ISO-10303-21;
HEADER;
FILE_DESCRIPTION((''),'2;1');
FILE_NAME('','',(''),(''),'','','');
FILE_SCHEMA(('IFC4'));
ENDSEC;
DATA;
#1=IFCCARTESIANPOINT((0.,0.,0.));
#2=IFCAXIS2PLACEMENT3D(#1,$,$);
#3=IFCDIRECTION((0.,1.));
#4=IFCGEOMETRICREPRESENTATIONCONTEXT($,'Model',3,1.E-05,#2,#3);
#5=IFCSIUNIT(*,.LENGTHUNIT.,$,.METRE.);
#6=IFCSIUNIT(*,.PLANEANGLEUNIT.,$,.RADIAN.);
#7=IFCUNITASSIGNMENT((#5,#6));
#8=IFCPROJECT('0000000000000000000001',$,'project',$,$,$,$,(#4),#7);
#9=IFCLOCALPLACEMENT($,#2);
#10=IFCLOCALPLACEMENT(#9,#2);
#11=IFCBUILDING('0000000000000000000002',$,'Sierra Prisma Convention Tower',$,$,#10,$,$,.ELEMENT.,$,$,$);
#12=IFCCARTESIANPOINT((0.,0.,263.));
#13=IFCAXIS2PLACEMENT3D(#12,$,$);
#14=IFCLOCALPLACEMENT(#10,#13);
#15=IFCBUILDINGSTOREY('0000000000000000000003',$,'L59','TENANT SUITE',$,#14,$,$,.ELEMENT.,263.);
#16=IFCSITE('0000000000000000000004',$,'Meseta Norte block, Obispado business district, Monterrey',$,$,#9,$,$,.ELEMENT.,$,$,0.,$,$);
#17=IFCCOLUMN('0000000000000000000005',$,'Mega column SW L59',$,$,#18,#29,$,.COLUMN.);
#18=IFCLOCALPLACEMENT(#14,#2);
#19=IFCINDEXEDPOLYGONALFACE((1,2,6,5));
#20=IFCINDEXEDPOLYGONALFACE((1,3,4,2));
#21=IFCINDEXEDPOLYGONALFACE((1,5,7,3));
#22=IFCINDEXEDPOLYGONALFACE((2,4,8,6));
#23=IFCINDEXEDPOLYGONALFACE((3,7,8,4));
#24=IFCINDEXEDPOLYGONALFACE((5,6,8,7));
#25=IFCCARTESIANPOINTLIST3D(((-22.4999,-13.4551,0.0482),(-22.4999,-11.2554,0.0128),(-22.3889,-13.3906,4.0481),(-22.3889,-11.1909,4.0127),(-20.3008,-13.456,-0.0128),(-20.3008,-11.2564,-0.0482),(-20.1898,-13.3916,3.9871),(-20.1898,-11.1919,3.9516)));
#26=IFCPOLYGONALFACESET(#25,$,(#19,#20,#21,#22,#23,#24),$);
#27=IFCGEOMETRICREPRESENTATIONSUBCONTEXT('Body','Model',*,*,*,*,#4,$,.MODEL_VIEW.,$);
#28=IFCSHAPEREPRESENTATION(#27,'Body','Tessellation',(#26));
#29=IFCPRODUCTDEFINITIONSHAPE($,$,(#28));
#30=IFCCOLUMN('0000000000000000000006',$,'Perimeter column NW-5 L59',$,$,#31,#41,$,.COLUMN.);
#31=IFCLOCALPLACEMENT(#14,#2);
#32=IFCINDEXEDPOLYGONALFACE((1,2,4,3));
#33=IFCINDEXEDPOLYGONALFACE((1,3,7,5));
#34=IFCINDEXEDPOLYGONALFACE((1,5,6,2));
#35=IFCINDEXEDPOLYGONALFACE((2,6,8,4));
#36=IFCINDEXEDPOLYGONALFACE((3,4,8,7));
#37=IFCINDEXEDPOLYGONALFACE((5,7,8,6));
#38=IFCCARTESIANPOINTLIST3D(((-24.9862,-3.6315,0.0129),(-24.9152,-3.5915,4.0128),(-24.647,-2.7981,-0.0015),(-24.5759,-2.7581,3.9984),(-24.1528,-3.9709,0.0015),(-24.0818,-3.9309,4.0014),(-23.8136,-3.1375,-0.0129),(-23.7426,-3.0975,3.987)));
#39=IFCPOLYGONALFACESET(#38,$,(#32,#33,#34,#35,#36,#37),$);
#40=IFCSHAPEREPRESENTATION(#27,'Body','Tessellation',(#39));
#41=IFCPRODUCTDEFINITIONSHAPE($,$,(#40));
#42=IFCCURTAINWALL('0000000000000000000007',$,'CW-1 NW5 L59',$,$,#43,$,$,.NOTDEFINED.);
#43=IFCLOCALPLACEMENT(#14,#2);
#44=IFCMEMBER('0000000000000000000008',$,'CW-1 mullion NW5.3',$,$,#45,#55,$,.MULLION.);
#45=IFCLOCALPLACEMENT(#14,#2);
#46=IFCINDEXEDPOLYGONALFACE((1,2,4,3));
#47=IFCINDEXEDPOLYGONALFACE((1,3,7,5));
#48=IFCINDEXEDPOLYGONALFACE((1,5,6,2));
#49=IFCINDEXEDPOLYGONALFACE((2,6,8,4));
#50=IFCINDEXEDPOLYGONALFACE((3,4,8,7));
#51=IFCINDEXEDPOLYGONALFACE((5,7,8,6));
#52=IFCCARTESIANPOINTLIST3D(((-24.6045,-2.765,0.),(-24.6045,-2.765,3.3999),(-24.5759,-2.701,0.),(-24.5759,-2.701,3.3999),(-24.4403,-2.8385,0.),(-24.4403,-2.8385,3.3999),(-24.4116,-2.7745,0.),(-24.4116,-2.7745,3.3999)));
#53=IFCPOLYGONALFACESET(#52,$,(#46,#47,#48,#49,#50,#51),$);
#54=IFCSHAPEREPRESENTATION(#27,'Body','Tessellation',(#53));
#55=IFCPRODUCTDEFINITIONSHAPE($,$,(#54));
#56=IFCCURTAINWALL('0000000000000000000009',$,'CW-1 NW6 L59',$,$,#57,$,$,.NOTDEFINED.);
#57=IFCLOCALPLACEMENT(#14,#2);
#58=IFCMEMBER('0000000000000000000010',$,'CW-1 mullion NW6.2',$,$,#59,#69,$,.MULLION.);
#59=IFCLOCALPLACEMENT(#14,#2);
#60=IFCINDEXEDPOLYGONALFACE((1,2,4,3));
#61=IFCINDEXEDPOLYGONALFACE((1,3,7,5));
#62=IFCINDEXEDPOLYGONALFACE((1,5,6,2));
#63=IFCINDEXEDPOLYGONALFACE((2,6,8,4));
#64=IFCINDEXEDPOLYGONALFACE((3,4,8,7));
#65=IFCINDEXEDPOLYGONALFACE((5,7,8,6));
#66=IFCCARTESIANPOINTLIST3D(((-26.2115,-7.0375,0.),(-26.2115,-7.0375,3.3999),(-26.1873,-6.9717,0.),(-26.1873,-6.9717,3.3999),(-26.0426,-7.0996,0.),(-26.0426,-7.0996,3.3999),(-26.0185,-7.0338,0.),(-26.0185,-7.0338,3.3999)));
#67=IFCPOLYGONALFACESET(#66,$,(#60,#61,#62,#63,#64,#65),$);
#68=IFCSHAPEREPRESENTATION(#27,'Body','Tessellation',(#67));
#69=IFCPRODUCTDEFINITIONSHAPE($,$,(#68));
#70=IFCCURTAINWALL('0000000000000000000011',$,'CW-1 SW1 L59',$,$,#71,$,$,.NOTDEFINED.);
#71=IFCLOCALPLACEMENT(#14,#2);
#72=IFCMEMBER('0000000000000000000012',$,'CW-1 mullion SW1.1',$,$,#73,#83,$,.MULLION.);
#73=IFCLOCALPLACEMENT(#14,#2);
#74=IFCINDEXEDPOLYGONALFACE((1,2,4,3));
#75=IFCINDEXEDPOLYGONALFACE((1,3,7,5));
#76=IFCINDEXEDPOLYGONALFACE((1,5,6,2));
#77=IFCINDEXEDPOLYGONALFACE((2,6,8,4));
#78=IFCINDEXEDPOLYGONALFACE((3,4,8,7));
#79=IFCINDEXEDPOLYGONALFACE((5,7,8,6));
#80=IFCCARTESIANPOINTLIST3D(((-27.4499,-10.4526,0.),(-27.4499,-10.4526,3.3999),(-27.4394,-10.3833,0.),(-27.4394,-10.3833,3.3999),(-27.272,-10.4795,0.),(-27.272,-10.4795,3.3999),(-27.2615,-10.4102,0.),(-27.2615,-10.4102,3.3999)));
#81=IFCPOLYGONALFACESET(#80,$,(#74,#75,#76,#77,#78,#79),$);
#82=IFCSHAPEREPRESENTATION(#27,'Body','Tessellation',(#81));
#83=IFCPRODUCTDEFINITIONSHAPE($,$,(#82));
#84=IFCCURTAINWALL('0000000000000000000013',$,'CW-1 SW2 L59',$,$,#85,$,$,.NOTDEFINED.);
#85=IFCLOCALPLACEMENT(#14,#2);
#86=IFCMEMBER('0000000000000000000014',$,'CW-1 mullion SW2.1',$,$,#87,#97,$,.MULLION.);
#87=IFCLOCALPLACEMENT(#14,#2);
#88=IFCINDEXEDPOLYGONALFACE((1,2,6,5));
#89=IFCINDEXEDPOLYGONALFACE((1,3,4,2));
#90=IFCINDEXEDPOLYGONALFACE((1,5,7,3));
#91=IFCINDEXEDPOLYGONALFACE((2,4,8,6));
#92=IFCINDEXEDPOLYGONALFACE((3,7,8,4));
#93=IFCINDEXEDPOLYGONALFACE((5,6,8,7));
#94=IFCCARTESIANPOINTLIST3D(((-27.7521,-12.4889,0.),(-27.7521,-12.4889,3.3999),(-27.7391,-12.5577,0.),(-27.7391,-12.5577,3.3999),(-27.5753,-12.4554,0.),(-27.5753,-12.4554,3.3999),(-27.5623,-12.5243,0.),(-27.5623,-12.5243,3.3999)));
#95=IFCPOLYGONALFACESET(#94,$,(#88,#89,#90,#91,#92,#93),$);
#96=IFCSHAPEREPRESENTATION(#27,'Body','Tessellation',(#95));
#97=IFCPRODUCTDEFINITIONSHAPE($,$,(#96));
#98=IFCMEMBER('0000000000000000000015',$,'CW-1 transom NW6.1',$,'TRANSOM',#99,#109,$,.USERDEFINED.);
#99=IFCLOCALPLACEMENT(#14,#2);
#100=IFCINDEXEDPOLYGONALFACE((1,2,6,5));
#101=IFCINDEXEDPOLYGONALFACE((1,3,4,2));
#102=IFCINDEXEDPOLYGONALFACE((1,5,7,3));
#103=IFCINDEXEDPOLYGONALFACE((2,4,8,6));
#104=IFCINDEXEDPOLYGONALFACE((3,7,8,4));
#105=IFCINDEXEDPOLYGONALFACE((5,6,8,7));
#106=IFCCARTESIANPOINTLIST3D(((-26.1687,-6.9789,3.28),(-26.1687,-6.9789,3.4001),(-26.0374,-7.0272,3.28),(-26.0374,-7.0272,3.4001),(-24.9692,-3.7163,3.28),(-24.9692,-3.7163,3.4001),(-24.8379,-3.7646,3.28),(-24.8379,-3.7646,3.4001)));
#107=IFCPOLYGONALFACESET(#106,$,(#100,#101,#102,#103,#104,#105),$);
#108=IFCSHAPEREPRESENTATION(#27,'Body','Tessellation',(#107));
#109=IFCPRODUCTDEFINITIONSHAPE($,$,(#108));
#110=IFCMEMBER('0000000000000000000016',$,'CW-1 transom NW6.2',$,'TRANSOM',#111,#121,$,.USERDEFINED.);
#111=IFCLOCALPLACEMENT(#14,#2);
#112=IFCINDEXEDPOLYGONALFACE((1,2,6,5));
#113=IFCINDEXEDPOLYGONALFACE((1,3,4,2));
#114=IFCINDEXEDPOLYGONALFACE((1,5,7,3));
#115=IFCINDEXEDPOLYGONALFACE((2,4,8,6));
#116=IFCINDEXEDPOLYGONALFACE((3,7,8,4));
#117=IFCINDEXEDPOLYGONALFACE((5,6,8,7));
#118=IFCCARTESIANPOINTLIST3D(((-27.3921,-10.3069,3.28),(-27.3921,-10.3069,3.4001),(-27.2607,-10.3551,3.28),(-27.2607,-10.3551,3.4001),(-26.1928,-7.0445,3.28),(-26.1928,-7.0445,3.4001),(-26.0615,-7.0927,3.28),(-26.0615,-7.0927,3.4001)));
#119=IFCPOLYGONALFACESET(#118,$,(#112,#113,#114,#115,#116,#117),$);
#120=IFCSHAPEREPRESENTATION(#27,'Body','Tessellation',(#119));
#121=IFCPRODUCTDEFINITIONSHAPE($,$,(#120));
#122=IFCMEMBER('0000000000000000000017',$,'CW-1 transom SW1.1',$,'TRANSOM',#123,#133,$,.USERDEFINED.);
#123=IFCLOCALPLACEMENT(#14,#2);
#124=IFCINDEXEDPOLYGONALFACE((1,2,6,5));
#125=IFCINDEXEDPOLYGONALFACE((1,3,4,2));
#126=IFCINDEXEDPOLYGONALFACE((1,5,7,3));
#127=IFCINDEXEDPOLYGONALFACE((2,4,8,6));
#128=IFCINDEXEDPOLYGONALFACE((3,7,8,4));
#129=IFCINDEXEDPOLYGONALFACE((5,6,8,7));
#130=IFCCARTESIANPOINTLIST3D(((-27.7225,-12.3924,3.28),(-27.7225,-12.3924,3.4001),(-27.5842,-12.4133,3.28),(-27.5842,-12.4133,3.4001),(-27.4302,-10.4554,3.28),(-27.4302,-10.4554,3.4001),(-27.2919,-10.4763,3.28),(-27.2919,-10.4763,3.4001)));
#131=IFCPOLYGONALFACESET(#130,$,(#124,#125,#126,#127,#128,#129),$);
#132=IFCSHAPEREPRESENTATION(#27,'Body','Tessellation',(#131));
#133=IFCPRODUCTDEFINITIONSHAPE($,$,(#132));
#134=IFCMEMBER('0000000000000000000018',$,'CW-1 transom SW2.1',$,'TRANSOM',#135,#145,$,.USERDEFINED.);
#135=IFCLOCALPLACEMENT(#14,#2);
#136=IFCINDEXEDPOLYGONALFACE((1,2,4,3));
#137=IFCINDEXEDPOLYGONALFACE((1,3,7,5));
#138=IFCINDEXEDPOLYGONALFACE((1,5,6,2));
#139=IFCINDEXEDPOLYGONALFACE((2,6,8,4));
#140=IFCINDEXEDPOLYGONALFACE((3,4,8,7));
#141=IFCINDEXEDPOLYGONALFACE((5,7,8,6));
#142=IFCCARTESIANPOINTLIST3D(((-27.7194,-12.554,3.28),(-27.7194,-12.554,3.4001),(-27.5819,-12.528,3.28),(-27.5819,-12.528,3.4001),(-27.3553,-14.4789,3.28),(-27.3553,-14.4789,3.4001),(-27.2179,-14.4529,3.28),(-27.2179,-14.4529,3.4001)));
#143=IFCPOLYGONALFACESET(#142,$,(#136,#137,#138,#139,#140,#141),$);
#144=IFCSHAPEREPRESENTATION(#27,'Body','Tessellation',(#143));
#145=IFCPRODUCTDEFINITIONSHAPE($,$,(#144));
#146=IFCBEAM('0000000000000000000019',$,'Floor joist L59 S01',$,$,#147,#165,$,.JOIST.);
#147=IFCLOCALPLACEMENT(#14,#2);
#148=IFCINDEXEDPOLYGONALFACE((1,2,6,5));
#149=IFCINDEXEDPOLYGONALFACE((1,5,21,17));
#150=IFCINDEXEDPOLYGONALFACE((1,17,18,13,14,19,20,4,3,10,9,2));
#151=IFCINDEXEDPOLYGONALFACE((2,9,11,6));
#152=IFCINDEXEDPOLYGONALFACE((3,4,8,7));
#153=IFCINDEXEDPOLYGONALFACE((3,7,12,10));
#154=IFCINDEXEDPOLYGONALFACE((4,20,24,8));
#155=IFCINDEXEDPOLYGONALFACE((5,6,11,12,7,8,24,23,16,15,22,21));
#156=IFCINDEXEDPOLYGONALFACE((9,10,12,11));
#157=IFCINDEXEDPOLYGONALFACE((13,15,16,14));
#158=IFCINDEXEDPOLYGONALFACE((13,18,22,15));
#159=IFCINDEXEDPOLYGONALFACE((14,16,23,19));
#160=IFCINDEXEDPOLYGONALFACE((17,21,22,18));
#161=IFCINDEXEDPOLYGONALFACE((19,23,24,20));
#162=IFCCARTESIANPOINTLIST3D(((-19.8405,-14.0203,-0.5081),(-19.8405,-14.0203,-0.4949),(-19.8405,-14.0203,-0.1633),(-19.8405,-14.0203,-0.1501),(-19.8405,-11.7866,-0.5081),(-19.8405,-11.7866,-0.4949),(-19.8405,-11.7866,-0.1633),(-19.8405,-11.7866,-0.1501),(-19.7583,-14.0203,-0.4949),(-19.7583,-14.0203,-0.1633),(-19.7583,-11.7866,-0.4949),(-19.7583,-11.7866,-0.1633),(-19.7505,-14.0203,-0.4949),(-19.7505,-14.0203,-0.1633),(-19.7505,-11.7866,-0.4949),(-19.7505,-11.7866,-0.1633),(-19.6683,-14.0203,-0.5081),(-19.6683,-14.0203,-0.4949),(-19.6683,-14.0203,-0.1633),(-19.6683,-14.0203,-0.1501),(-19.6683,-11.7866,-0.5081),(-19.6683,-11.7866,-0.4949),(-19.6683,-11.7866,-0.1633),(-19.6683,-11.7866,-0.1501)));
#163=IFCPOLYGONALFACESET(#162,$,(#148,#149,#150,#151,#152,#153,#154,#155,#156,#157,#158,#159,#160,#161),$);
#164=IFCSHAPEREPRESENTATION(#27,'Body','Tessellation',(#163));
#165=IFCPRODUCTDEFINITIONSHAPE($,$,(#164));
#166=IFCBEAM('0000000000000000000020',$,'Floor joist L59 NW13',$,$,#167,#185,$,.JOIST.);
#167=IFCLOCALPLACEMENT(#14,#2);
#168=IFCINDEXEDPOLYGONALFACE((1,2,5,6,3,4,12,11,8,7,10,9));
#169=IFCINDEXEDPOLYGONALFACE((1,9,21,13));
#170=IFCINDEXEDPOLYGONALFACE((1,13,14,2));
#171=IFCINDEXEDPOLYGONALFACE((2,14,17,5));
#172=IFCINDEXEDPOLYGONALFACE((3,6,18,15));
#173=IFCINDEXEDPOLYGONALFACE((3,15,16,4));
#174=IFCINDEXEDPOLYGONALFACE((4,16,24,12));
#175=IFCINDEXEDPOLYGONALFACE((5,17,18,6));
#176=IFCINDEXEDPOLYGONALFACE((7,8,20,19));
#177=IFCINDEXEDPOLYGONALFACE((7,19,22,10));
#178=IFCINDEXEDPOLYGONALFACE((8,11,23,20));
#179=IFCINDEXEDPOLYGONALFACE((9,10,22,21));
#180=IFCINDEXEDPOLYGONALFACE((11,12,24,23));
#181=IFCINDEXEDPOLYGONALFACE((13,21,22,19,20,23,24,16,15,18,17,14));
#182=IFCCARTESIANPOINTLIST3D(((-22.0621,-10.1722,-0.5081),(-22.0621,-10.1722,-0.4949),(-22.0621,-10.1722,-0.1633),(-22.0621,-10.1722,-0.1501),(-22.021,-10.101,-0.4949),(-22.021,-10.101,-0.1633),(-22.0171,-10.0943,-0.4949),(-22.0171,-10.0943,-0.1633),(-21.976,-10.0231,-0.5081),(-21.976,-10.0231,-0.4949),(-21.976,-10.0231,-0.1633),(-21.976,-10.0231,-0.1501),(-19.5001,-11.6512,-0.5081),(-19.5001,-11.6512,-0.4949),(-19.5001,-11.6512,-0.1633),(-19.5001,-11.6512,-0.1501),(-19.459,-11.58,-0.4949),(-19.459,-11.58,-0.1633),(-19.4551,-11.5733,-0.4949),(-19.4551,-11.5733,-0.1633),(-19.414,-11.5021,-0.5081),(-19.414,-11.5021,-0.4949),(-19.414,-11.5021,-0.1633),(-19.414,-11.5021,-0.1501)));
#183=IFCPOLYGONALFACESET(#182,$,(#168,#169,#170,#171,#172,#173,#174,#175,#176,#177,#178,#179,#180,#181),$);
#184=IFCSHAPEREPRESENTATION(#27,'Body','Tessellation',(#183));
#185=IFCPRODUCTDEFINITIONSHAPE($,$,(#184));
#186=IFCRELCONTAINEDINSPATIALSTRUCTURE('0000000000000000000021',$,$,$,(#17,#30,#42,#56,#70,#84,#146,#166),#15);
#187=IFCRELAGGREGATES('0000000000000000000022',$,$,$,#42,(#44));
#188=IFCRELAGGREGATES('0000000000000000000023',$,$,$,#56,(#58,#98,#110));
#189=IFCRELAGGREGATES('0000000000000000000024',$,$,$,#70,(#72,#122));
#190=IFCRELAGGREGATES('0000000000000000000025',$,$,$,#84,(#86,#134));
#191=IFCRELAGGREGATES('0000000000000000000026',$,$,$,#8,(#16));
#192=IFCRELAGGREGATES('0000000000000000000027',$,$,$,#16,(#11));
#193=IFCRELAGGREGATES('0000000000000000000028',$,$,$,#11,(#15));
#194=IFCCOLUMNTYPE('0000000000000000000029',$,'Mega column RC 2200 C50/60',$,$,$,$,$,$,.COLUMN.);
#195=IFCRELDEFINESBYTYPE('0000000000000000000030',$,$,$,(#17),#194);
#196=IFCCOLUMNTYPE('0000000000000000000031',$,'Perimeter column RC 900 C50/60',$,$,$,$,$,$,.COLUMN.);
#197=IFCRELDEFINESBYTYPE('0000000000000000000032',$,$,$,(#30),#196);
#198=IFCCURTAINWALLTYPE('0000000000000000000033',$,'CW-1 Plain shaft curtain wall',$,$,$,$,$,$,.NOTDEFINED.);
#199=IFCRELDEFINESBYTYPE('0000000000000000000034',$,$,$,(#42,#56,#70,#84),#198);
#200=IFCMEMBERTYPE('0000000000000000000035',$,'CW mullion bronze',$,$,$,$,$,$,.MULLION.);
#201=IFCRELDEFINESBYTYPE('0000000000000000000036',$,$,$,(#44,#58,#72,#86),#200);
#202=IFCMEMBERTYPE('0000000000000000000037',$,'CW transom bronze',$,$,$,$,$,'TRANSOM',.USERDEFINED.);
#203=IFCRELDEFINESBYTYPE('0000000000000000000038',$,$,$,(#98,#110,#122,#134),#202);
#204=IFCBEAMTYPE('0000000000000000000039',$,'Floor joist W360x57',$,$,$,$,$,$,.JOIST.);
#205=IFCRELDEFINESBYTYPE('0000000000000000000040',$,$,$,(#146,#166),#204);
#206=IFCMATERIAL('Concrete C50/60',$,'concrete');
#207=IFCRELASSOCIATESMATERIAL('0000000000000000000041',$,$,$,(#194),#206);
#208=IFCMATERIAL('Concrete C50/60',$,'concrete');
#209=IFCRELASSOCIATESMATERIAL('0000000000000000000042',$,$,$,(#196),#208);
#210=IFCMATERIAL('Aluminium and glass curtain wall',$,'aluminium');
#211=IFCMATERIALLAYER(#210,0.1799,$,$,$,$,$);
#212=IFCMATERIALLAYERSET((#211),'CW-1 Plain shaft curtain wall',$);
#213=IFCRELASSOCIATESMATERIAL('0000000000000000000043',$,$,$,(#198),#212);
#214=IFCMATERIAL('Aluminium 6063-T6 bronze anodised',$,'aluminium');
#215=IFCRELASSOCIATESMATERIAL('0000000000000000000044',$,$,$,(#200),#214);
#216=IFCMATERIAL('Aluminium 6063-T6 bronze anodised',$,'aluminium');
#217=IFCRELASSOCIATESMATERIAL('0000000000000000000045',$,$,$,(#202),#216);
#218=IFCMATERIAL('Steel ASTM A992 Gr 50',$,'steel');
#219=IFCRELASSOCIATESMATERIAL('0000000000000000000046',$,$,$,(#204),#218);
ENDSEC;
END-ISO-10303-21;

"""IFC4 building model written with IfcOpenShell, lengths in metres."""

from ifc_helpers import new_model, si_unit, direction, frame, origin, origin_2d, place, context, subcontext, project, spatial, rectangle, i_section, extrude, material, layer, layer_set, material_profile, profile_set, type_object, element, aggregate, save


model = new_model("IFC4")

# Units and contexts
model_context = context("Model", 3, precision=1e-05, world=origin(), true_north=direction((0.0, 1.0)))
body_context = subcontext(model_context, "Body", "Model", "MODEL_VIEW")
ifc_project = project(units=[si_unit("LENGTHUNIT", "METRE"), si_unit("PLANEANGLEUNIT", "RADIAN")], contexts=[model_context])

# Site, building, storey
site_placement = place(None, origin())
site = spatial("IfcSite", under=ifc_project, at=site_placement, Name="Meseta Norte block, Obispado business district, Monterrey", CompositionType="ELEMENT", RefElevation=0.0)
building_placement = place(site_placement, origin())
building = spatial("IfcBuilding", under=site, at=building_placement, Name="Sierra Prisma Convention Tower", CompositionType="ELEMENT")
storey_placement = place(building_placement, frame((0.0, 0.0, 263.0)))
storey = spatial("IfcBuildingStorey", under=building, at=storey_placement, Name="L59", Description="TENANT SUITE", CompositionType="ELEMENT", Elevation=263.0)

# Columns
ifc_material_1 = material(Name="Concrete C50/60", Category="concrete")
ifc_material_profile_1 = material_profile(ifc_material_1, rectangle(XDim=2.2, YDim=2.2, at=origin_2d()), Name="Mega column RC 2200 C50/60")
ifc_profile_set_1 = profile_set([ifc_material_profile_1], Name="Concrete C50/60")
column_type_1 = type_object("IfcColumnType", Name="Mega column RC 2200 C50/60", PredefinedType="COLUMN", material=ifc_profile_set_1)
column_1_placement = place(storey_placement, frame((-21.4004, -12.3557, 0.0), z_axis=(0.027757, 0.016105, 0.999485), x_axis=(0.999615, -0.000447, -0.027753)))
element("IfcColumn", 1, at=column_1_placement, inside=storey, type_object=column_type_1, Name="Mega column SW L59", PredefinedType="COLUMN", context=body_context, shape_type="SweptSolid", body=[
    extrude(rectangle(XDim=2.2, YDim=2.2, at=origin_2d()), origin(), (0.0, 0.0, 1.0), 4.002),
])
ifc_material_2 = material(Name="Concrete C50/60", Category="concrete")
ifc_material_profile_2 = material_profile(ifc_material_2, rectangle(XDim=0.8999, YDim=0.8999, at=origin_2d()), Name="Perimeter column RC 900 C50/60")
ifc_profile_set_2 = profile_set([ifc_material_profile_2], Name="Concrete C50/60")
column_type_2 = type_object("IfcColumnType", Name="Perimeter column RC 900 C50/60", PredefinedType="COLUMN", material=ifc_profile_set_2)
column_2_placement = place(storey_placement, frame((-24.3999, -3.3845, 0.0), z_axis=(0.017758, 0.010008, 0.999792), x_axis=(0.376946, 0.926098, -0.015965)))
element("IfcColumn", 2, at=column_2_placement, inside=storey, type_object=column_type_2, Name="Perimeter column NW-5 L59", PredefinedType="COLUMN", context=body_context, shape_type="SweptSolid", body=[
    extrude(rectangle(XDim=0.8999, YDim=0.8999, at=origin_2d()), origin(), (0.0, 0.0, 1.0), 4.0007),
])

# Curtain walls, members
ifc_material_3 = material(Name="Aluminium and glass curtain wall", Category="aluminium")
ifc_layer_1 = layer(ifc_material_3, 0.1799)
ifc_layer_set_1 = layer_set([ifc_layer_1], Name="CW-1 Plain shaft curtain wall")
curtain_wall_type = type_object("IfcCurtainWallType", Name="CW-1 Plain shaft curtain wall", PredefinedType="NOTDEFINED", material=ifc_layer_set_1)
curtain_wall_1_placement = place(storey_placement, origin())
curtain_wall_1 = element("IfcCurtainWall", 3, at=curtain_wall_1_placement, inside=storey, type_object=curtain_wall_type, Name="CW-1 NW5 L59", PredefinedType="NOTDEFINED")
ifc_material_4 = material(Name="Aluminium 6063-T6 bronze anodised", Category="aluminium")
ifc_material_profile_3 = material_profile(ifc_material_4, rectangle(XDim=0.1799, YDim=0.0701, at=origin_2d()), Name="ALU MULLION 70x180")
ifc_profile_set_3 = profile_set([ifc_material_profile_3], Name="Aluminium 6063-T6 bronze anodised")
member_type_1 = type_object("IfcMemberType", Name="CW mullion bronze", PredefinedType="MULLION", material=ifc_profile_set_3)
member_1_placement = place(storey_placement, frame((-24.5081, -2.7698, 0.0), z_axis=(0.0, 0.0, 1.0), x_axis=(0.912754, -0.408509, 0.0)))
member_1 = element("IfcMember", 4, at=member_1_placement, type_object=member_type_1, Name="CW-1 mullion NW5.3", PredefinedType="MULLION", context=body_context, shape_type="SweptSolid", body=[
    extrude(rectangle(XDim=0.1799, YDim=0.0701, at=origin_2d()), origin(), (0.0, 0.0, 1.0), 3.3999),
])
aggregate(curtain_wall_1, [member_1])
curtain_wall_2_placement = place(storey_placement, origin())
curtain_wall_2 = element("IfcCurtainWall", 5, at=curtain_wall_2_placement, inside=storey, type_object=curtain_wall_type, Name="CW-1 NW6 L59", PredefinedType="NOTDEFINED")
member_2_placement = place(storey_placement, frame((-26.115, -7.0356, 0.0), z_axis=(0.0, 0.0, 1.0), x_axis=(0.938581, -0.345059, 0.0)))
member_2 = element("IfcMember", 6, at=member_2_placement, type_object=member_type_1, Name="CW-1 mullion NW6.2", PredefinedType="MULLION", context=body_context, shape_type="SweptSolid", body=[
    extrude(rectangle(XDim=0.1799, YDim=0.0701, at=origin_2d()), origin(), (0.0, 0.0, 1.0), 3.3999),
])
curtain_wall_3_placement = place(storey_placement, origin())
curtain_wall_3 = element("IfcCurtainWall", 7, at=curtain_wall_3_placement, inside=storey, type_object=curtain_wall_type, Name="CW-1 SW1 L59", PredefinedType="NOTDEFINED")
member_3_placement = place(storey_placement, frame((-27.3557, -10.4314, 0.0), z_axis=(0.0, 0.0, 1.0), x_axis=(0.988814, -0.149155, 0.0)))
member_3 = element("IfcMember", 8, at=member_3_placement, type_object=member_type_1, Name="CW-1 mullion SW1.1", PredefinedType="MULLION", context=body_context, shape_type="SweptSolid", body=[
    extrude(rectangle(XDim=0.1799, YDim=0.0701, at=origin_2d()), origin(), (0.0, 0.0, 1.0), 3.3999),
])
curtain_wall_4_placement = place(storey_placement, origin())
curtain_wall_4 = element("IfcCurtainWall", 9, at=curtain_wall_4_placement, inside=storey, type_object=curtain_wall_type, Name="CW-1 SW2 L59", PredefinedType="NOTDEFINED")
member_4_placement = place(storey_placement, frame((-27.6572, -12.5066, 0.0), z_axis=(0.0, 0.0, 1.0), x_axis=(0.982577, 0.185856, 0.0)))
member_4 = element("IfcMember", 10, at=member_4_placement, type_object=member_type_1, Name="CW-1 mullion SW2.1", PredefinedType="MULLION", context=body_context, shape_type="SweptSolid", body=[
    extrude(rectangle(XDim=0.1799, YDim=0.0701, at=origin_2d()), origin(), (0.0, 0.0, 1.0), 3.3999),
])

# Members
ifc_material_5 = material(Name="Aluminium 6063-T6 bronze anodised", Category="aluminium")
ifc_material_profile_4 = material_profile(ifc_material_5, rectangle(XDim=0.1399, YDim=0.1201, at=origin_2d()), Name="ALU TRANSOM 120x140")
ifc_profile_set_4 = profile_set([ifc_material_profile_4], Name="Aluminium 6063-T6 bronze anodised")
member_type_2 = type_object("IfcMemberType", Name="CW transom bronze", ElementType="TRANSOM", PredefinedType="USERDEFINED", material=ifc_profile_set_4)
member_5_placement = place(storey_placement, frame((-24.9036, -3.7405, 3.3401), z_axis=(-0.345074, -0.938576, 0.0), x_axis=(0.938576, -0.345074, 0.0)))
member_5 = element("IfcMember", 11, at=member_5_placement, type_object=member_type_2, Name="CW-1 transom NW6.1", ObjectType="TRANSOM", PredefinedType="USERDEFINED", context=body_context, shape_type="SweptSolid", body=[
    extrude(rectangle(XDim=0.1399, YDim=0.1201, at=origin_2d()), origin(), (0.0, 0.0, 1.0), 3.4761),
])
member_6_placement = place(storey_placement, frame((-26.1272, -7.0686, 3.3401), z_axis=(-0.345012, -0.938598, 0.0), x_axis=(0.938598, -0.345012, 0.0)))
member_6 = element("IfcMember", 12, at=member_6_placement, type_object=member_type_2, Name="CW-1 transom NW6.2", ObjectType="TRANSOM", PredefinedType="USERDEFINED", context=body_context, shape_type="SweptSolid", body=[
    extrude(rectangle(XDim=0.1399, YDim=0.1201, at=origin_2d()), origin(), (0.0, 0.0, 1.0), 3.4758),
])
member_7_placement = place(storey_placement, frame((-27.3611, -10.4658, 3.3401), z_axis=(-0.149181, -0.98881, 0.0), x_axis=(0.98881, -0.149181, 0.0)))
member_7 = element("IfcMember", 13, at=member_7_placement, type_object=member_type_2, Name="CW-1 transom SW1.1", ObjectType="TRANSOM", PredefinedType="USERDEFINED", context=body_context, shape_type="SweptSolid", body=[
    extrude(rectangle(XDim=0.1399, YDim=0.1201, at=origin_2d()), origin(), (0.0, 0.0, 1.0), 1.959),
])
member_8_placement = place(storey_placement, frame((-27.6506, -12.541, 3.3401), z_axis=(0.185823, -0.982583, 0.0), x_axis=(0.982583, 0.185823, 0.0)))
member_8 = element("IfcMember", 14, at=member_8_placement, type_object=member_type_2, Name="CW-1 transom SW2.1", ObjectType="TRANSOM", PredefinedType="USERDEFINED", context=body_context, shape_type="SweptSolid", body=[
    extrude(rectangle(XDim=0.1399, YDim=0.1201, at=origin_2d()), origin(), (0.0, 0.0, 1.0), 1.959),
])

# Beams
ifc_material_6 = material(Name="Steel ASTM A992 Gr 50", Category="steel")
ifc_material_profile_5 = material_profile(ifc_material_6, i_section(OverallWidth=0.1721, OverallDepth=0.3579, WebThickness=0.0078, FlangeThickness=0.0132, at=origin_2d()), Name="W360x57")
ifc_profile_set_5 = profile_set([ifc_material_profile_5], Name="Steel ASTM A992 Gr 50")
beam_type_1 = type_object("IfcBeamType", Name="Floor joist W360x57", PredefinedType="JOIST", material=ifc_profile_set_5)
beam_1_placement = place(storey_placement, frame((-19.7544, -14.0203, -0.3291), z_axis=(0.0, 1.0, 0.0), x_axis=(-1.0, 0.0, 0.0)))
element("IfcBeam", 15, at=beam_1_placement, inside=storey, type_object=beam_type_1, Name="Floor joist L59 S01", PredefinedType="JOIST", context=body_context, shape_type="SweptSolid", body=[
    extrude(i_section(OverallWidth=0.1721, OverallDepth=0.3579, WebThickness=0.0078, FlangeThickness=0.0132, at=origin_2d()), origin(), (0.0, 0.0, 1.0), 2.2336),
])
beam_2_placement = place(storey_placement, frame((-22.019, -10.0977, -0.3291), z_axis=(0.866051, -0.499956, 0.0), x_axis=(0.499956, 0.866051, 0.0)))
element("IfcBeam", 16, at=beam_2_placement, inside=storey, type_object=beam_type_1, Name="Floor joist L59 NW13", PredefinedType="JOIST", context=body_context, shape_type="SweptSolid", body=[
    extrude(i_section(OverallWidth=0.1721, OverallDepth=0.3579, WebThickness=0.0078, FlangeThickness=0.0132, at=origin_2d()), origin(), (0.0, 0.0, 1.0), 2.9583),
])

aggregate(curtain_wall_2, [member_2, member_5, member_6])
aggregate(curtain_wall_3, [member_3, member_7])
aggregate(curtain_wall_4, [member_4, member_8])

save(model, "model.ifc")
